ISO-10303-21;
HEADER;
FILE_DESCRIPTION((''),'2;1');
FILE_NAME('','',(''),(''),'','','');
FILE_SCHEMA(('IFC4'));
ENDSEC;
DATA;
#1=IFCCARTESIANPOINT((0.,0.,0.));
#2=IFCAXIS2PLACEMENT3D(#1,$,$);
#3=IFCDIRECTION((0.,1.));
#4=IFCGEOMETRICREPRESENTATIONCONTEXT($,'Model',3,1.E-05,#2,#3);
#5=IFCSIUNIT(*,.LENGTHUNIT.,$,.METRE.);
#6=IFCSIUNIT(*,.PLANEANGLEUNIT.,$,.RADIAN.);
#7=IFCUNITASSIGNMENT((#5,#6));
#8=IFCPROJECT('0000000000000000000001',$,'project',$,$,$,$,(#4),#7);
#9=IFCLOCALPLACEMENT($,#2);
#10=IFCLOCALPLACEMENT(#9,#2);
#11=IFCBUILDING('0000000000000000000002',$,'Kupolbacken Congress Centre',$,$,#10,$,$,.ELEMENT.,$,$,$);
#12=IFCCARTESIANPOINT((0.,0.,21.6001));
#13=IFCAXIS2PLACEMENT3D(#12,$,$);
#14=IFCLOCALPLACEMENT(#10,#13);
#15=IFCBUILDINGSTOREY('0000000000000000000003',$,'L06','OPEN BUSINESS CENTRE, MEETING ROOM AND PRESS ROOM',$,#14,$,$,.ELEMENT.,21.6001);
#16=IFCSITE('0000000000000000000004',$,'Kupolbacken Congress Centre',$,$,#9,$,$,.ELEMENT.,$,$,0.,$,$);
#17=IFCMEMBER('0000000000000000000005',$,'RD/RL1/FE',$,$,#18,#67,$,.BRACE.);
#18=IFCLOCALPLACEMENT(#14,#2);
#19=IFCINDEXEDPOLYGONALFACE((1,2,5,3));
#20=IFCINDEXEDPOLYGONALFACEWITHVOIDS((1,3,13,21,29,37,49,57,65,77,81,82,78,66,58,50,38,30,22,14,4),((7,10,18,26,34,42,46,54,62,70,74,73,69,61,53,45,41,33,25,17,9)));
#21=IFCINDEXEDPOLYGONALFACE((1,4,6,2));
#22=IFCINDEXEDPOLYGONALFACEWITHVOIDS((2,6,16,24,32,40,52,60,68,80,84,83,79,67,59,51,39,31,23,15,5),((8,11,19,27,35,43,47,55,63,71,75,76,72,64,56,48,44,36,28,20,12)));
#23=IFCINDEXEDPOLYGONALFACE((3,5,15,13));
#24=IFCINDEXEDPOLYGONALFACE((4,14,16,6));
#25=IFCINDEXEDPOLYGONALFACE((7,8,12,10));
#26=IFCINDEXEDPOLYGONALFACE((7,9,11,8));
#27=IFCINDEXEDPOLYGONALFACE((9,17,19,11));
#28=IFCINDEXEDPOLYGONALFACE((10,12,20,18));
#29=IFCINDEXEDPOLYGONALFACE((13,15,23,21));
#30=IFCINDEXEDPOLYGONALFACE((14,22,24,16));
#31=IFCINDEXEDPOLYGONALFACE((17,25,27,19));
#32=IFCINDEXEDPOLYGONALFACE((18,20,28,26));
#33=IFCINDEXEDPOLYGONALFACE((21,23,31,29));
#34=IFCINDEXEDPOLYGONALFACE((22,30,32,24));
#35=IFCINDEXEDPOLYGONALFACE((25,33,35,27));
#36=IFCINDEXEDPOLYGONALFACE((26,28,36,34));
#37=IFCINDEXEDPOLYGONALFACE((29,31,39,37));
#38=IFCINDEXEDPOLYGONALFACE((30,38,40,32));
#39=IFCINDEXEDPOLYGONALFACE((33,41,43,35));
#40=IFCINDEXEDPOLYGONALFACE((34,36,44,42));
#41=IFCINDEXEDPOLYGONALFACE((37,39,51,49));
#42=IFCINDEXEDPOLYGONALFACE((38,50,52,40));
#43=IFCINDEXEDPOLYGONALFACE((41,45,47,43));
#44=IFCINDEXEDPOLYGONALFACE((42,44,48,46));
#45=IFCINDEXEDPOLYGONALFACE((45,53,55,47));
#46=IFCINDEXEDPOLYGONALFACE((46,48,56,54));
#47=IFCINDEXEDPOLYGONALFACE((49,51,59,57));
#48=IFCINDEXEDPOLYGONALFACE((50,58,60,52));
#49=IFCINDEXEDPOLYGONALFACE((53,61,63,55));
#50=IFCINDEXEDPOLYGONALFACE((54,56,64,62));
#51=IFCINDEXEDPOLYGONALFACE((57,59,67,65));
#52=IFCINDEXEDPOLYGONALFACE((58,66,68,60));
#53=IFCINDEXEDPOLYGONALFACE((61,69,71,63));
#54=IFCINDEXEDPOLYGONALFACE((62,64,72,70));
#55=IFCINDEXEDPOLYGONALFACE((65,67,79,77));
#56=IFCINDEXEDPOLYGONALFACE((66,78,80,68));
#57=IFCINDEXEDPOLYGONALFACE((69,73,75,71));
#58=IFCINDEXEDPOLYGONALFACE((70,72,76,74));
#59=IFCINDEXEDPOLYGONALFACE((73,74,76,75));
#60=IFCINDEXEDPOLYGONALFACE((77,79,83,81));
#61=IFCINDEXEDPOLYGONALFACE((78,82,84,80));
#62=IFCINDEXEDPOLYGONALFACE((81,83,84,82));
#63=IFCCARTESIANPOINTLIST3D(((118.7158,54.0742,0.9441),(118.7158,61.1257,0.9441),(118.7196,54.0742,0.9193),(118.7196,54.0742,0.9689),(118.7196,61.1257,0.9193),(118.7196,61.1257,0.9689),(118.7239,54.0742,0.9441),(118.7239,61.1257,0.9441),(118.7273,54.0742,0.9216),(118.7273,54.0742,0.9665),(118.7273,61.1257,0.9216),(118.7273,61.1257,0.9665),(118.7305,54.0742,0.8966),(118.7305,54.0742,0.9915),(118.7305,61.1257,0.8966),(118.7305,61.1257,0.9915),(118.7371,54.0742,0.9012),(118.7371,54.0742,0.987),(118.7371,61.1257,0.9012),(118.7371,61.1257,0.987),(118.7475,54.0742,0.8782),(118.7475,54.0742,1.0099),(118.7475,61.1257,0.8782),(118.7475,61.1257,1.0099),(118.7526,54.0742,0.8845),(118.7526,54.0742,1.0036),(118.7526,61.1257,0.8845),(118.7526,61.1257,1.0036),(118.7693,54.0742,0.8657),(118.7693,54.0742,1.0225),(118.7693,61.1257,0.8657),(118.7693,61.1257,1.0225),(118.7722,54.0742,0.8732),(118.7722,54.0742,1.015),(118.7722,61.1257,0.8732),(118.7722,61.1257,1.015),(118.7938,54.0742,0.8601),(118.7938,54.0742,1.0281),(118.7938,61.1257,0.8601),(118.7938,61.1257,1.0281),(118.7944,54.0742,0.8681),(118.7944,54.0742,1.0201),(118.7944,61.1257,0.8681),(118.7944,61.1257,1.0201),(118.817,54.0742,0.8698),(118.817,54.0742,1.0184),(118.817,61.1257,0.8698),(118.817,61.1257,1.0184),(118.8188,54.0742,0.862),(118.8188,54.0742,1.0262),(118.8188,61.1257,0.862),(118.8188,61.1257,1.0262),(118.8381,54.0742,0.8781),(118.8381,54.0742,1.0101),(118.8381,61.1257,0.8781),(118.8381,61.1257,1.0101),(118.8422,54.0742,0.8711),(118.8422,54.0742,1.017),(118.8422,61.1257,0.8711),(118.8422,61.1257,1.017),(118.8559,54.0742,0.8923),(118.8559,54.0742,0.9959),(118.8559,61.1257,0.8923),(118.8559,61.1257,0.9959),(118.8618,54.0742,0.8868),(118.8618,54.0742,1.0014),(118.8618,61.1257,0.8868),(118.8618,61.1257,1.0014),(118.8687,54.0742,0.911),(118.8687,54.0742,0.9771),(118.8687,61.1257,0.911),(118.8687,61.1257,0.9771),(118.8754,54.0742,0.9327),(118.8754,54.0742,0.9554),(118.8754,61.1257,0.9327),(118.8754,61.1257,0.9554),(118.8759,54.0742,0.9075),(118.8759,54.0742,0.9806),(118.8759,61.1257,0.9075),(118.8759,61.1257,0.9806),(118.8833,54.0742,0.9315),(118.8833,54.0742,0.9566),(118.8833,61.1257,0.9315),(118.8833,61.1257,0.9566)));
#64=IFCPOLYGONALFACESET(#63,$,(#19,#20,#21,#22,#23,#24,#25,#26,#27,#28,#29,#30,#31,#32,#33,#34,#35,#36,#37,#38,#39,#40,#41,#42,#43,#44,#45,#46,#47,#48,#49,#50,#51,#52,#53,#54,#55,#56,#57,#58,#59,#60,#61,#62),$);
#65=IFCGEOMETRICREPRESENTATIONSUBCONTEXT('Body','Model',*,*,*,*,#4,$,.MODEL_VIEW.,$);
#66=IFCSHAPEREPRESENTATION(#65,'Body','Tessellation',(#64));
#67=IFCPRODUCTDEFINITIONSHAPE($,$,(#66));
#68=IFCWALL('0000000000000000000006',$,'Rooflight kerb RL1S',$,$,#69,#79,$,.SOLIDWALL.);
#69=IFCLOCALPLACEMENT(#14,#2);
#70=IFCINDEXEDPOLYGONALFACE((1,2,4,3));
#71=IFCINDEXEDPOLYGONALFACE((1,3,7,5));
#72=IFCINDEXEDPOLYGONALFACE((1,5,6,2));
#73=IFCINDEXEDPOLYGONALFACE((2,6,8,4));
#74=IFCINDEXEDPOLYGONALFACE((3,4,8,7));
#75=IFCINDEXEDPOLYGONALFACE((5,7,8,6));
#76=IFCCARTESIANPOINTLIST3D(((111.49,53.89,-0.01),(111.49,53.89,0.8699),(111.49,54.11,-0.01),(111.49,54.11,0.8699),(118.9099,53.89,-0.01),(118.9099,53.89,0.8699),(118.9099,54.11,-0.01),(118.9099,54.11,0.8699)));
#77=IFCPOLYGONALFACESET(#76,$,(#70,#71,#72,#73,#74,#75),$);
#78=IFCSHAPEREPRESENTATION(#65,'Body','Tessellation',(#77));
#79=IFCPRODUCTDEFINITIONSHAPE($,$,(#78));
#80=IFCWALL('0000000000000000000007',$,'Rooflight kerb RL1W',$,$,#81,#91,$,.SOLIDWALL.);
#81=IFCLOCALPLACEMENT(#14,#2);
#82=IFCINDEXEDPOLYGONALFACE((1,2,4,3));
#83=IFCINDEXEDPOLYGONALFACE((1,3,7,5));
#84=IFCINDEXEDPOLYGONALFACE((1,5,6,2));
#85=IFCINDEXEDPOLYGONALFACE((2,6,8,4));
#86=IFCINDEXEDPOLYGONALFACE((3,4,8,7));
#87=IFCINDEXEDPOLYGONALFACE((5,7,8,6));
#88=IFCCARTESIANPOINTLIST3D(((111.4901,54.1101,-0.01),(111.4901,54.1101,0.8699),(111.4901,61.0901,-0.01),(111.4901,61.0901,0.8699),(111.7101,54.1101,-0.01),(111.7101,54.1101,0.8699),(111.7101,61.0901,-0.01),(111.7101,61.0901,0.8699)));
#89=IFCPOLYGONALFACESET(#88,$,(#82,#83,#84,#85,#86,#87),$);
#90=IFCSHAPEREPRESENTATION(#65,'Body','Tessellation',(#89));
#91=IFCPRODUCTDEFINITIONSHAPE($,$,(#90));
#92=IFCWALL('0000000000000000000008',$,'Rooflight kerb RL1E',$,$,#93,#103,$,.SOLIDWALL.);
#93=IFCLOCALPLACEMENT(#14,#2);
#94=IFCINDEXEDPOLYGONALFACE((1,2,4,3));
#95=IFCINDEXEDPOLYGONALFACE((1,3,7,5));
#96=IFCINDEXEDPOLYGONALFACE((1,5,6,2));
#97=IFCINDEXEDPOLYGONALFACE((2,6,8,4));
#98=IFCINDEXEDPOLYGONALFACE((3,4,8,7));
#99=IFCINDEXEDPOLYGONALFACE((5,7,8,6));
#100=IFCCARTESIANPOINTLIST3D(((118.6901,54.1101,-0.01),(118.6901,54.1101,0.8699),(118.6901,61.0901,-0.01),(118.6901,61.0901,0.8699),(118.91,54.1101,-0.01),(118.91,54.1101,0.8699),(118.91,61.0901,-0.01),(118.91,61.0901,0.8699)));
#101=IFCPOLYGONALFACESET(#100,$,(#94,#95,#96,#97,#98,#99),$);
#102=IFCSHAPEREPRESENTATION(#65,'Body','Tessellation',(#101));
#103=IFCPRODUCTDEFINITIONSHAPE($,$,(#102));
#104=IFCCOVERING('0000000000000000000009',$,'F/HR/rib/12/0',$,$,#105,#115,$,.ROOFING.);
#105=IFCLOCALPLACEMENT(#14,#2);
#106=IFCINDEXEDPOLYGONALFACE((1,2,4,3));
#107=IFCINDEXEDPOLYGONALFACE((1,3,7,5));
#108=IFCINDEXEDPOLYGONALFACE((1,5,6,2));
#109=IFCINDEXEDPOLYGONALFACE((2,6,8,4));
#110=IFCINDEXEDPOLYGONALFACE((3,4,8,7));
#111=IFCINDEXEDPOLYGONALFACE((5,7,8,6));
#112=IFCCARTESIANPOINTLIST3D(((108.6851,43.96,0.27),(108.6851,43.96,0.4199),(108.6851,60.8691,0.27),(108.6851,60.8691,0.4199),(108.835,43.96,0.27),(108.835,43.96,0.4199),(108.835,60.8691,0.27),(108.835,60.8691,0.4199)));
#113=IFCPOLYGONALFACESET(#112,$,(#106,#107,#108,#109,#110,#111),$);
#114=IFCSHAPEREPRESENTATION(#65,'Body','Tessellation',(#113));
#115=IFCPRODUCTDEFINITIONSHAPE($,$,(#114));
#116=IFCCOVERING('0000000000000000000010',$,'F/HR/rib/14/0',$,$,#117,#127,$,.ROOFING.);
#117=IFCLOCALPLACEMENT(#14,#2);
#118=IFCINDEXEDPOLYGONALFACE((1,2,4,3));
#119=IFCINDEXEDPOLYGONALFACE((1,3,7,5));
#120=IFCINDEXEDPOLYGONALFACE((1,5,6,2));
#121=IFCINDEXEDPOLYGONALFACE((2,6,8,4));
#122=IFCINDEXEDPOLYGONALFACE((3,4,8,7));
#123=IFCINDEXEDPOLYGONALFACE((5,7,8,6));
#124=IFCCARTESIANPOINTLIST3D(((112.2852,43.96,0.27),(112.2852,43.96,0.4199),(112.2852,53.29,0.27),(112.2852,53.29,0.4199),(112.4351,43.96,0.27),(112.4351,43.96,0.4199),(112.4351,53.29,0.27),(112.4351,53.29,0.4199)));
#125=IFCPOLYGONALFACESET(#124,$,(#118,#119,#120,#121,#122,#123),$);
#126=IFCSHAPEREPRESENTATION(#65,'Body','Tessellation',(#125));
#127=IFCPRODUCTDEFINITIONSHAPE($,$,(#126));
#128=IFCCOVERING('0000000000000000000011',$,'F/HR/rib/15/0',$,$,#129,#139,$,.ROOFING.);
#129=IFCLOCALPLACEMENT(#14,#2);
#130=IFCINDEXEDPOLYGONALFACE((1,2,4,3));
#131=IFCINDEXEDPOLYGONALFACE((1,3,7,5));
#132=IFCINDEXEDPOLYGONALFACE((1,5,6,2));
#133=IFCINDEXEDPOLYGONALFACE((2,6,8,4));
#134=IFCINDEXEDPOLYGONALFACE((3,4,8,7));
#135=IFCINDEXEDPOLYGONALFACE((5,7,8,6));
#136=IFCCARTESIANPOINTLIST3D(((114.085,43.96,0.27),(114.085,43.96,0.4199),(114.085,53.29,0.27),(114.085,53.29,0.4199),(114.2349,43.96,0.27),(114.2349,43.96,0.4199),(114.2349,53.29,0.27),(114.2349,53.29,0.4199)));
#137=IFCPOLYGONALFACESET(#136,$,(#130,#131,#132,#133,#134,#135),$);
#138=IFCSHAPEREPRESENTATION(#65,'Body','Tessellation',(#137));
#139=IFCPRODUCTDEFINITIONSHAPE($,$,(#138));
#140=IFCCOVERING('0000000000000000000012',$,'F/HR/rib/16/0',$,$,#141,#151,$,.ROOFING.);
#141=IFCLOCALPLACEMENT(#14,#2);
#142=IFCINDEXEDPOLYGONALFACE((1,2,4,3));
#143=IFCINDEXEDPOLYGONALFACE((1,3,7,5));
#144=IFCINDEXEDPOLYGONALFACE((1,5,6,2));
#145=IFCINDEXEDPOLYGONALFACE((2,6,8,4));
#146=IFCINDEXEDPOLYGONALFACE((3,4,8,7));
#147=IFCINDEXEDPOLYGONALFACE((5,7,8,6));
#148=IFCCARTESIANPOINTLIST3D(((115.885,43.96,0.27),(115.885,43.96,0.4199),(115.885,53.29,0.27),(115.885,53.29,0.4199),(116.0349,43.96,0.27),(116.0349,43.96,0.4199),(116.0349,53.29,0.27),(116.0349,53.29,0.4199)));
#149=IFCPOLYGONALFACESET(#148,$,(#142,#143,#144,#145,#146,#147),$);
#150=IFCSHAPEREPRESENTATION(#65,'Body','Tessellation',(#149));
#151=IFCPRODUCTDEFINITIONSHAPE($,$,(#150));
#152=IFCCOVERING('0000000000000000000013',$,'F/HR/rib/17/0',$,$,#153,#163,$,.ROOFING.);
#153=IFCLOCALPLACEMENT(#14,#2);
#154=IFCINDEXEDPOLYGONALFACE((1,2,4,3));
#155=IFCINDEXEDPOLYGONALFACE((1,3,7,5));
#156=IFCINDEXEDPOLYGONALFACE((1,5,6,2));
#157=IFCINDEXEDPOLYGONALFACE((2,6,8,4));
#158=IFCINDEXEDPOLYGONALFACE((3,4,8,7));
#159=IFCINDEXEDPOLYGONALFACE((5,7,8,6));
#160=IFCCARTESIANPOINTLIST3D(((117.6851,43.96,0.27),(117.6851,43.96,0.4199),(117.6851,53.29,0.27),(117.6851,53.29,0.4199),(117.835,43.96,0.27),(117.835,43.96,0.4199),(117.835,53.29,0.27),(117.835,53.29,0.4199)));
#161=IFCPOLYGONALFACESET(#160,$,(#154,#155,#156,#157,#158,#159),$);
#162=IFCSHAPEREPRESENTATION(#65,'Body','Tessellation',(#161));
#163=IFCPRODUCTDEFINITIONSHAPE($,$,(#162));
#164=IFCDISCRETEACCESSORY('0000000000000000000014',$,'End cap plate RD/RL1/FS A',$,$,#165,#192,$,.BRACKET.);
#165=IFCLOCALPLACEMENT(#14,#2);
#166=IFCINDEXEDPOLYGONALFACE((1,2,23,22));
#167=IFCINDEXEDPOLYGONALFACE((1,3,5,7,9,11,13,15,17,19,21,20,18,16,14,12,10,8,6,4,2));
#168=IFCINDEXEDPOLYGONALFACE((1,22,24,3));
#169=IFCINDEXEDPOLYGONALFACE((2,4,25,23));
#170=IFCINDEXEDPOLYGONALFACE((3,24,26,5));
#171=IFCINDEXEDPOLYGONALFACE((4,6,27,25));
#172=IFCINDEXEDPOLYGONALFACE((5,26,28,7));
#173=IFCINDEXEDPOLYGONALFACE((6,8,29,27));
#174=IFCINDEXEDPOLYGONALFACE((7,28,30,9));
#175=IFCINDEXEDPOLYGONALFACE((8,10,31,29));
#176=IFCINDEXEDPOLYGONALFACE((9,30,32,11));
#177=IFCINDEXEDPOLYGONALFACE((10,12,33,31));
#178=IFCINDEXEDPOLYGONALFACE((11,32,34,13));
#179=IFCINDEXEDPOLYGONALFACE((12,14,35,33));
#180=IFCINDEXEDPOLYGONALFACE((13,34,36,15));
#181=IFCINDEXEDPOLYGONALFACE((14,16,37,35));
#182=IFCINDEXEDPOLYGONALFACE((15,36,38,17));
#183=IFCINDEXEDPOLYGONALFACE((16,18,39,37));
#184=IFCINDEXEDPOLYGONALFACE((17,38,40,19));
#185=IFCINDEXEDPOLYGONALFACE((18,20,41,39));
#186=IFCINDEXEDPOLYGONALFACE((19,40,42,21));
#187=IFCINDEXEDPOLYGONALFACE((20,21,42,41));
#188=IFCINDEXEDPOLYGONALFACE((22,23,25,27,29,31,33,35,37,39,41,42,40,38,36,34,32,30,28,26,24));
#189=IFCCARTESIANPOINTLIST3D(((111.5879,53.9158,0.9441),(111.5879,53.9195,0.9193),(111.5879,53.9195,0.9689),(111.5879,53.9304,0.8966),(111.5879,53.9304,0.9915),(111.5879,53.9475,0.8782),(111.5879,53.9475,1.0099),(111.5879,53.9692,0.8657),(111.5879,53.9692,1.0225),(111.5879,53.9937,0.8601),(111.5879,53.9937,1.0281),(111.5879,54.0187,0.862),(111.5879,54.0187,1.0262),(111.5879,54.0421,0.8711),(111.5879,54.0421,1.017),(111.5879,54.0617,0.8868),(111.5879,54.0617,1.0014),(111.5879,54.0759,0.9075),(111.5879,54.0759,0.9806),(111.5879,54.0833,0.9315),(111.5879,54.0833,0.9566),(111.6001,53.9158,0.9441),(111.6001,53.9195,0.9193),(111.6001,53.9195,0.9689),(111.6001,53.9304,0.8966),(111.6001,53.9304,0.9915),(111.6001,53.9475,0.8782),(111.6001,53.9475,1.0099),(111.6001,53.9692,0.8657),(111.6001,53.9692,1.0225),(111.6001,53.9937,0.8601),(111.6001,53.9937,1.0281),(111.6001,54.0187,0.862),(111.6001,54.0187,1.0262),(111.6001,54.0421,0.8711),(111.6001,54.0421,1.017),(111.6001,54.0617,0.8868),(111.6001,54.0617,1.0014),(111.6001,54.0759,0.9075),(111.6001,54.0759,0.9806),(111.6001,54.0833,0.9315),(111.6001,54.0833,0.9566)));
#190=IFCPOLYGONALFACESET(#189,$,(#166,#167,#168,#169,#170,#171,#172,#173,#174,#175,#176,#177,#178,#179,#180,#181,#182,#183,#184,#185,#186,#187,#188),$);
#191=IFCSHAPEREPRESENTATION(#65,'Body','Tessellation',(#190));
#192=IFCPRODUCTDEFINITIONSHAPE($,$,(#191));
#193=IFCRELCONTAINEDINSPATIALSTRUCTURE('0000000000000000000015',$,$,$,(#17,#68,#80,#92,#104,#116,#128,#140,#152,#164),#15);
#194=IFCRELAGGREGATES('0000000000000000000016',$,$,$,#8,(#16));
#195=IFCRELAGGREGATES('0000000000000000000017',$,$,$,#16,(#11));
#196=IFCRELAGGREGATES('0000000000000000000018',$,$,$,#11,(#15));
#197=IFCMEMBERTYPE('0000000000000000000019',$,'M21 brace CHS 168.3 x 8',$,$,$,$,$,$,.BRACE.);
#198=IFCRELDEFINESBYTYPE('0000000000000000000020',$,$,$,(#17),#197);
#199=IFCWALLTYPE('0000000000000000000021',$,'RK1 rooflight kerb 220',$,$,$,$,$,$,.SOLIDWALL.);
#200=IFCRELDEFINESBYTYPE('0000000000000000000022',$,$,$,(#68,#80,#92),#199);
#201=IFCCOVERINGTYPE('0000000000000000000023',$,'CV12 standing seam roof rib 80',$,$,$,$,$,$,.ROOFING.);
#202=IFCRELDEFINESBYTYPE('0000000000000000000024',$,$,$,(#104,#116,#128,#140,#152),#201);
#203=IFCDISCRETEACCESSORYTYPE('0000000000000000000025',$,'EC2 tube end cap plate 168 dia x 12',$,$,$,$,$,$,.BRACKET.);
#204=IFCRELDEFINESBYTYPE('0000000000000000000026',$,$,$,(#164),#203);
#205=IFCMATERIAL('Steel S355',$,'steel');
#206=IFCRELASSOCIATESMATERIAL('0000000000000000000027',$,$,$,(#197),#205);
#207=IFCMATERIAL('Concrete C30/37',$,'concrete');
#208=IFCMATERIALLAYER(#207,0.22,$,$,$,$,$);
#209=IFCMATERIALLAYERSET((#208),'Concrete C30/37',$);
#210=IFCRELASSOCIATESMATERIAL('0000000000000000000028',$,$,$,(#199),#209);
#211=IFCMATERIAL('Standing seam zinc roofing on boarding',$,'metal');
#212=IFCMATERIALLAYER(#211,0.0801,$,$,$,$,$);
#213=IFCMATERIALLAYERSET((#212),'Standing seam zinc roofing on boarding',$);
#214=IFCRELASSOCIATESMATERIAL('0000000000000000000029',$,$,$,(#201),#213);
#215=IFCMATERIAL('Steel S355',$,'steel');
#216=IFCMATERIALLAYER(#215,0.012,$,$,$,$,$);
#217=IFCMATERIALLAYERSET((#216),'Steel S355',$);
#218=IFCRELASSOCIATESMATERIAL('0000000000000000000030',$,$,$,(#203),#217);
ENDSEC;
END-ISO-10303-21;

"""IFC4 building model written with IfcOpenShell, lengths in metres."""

from ifc_helpers import new_model, si_unit, direction, frame, frame_2d, origin, origin_2d, place, context, subcontext, project, spatial, rectangle, circle, hollow_circle, extrude, material, layer, layer_set, material_profile, profile_set, type_object, element, save


model = new_model("IFC4")

# Units and contexts
model_context = context("Model", 3, precision=1e-05, world=origin(), true_north=direction((0.0, 1.0)))
body_context = subcontext(model_context, "Body", "Model", "MODEL_VIEW")
ifc_project = project(units=[si_unit("LENGTHUNIT", "METRE"), si_unit("PLANEANGLEUNIT", "RADIAN")], contexts=[model_context])

# Site, building, storey
site_placement = place(None, origin())
site = spatial("IfcSite", under=ifc_project, at=site_placement, Name="Kupolbacken Congress Centre", CompositionType="ELEMENT", RefElevation=0.0)
building_placement = place(site_placement, origin())
building = spatial("IfcBuilding", under=site, at=building_placement, Name="Kupolbacken Congress Centre", CompositionType="ELEMENT")
storey_placement = place(building_placement, frame((0.0, 0.0, 21.6001)))
storey = spatial("IfcBuildingStorey", under=building, at=storey_placement, Name="L06", Description="OPEN BUSINESS CENTRE, MEETING ROOM AND PRESS ROOM", CompositionType="ELEMENT", Elevation=21.6001)

# Member
ifc_material_1 = material(Name="Steel S355", Category="steel")
ifc_material_profile_1 = material_profile(ifc_material_1, hollow_circle(Radius=0.0842, WallThickness=0.0081, at=origin_2d()), Name="CHS 168.3 x 8")
ifc_profile_set_1 = profile_set([ifc_material_profile_1], Name="Steel S355")
member_type = type_object("IfcMemberType", Name="M21 brace CHS 168.3 x 8", PredefinedType="BRACE", material=ifc_profile_set_1)
for number, where, z_axis, x_axis, name in (
    (1, (118.8, 54.0742, 0.9441), (0.0, 1.0, 0.0), (-1.0, 0.0, 0.0), "RD/RL1/FE"),
):
    element("IfcMember", number, at=place(storey_placement, frame(where, z_axis=z_axis, x_axis=x_axis)), inside=storey, type_object=member_type, Name=name, PredefinedType="BRACE", context=body_context, shape_type="SweptSolid", body=[
        extrude(hollow_circle(Radius=0.0842, WallThickness=0.0081, at=origin_2d()), origin(), (0.0, 0.0, 1.0), 7.0515),
    ])

# Walls
ifc_material_2 = material(Name="Concrete C30/37", Category="concrete")
ifc_layer_1 = layer(ifc_material_2, 0.22)
ifc_layer_set_1 = layer_set([ifc_layer_1], Name="Concrete C30/37")
wall_type = type_object("IfcWallType", Name="RK1 rooflight kerb 220", PredefinedType="SOLIDWALL", material=ifc_layer_set_1)
wall_placement = place(storey_placement, frame((111.49, 54.0, -0.01), z_axis=(0.0, 0.0, 1.0), x_axis=(1.0, 0.0, 0.0)))
element("IfcWall", 2, at=wall_placement, inside=storey, type_object=wall_type, Name="Rooflight kerb RL1S", PredefinedType="SOLIDWALL", context=body_context, shape_type="SweptSolid", body=[
    extrude(rectangle(XDim=7.4199, YDim=0.22, at=frame_2d((3.71, 0.0))), origin(), (0.0, 0.0, 1.0), 0.8799),
])
for number, where, z_axis, x_axis, name in (
    (3, (111.6001, 54.1101, -0.01), (0.0, 0.0, 1.0), (0.0, 1.0, 0.0), "Rooflight kerb RL1W"),
    (4, (118.8, 54.1101, -0.01), (0.0, 0.0, 1.0), (0.0, 1.0, 0.0), "Rooflight kerb RL1E"),
):
    element("IfcWall", number, at=place(storey_placement, frame(where, z_axis=z_axis, x_axis=x_axis)), inside=storey, type_object=wall_type, Name=name, PredefinedType="SOLIDWALL", context=body_context, shape_type="SweptSolid", body=[
        extrude(rectangle(XDim=6.98, YDim=0.22, at=frame_2d((3.49, 0.0))), origin(), (0.0, 0.0, 1.0), 0.8799),
    ])

# Coverings
ifc_material_3 = material(Name="Standing seam zinc roofing on boarding", Category="metal")
ifc_layer_2 = layer(ifc_material_3, 0.0801)
ifc_layer_set_2 = layer_set([ifc_layer_2], Name="Standing seam zinc roofing on boarding")
covering_type = type_object("IfcCoveringType", Name="CV12 standing seam roof rib 80", PredefinedType="ROOFING", material=ifc_layer_set_2)
covering_placement = place(storey_placement, frame((108.76, 52.4146, 0.27), z_axis=(0.0, 0.0, 1.0), x_axis=(0.0, 1.0, 0.0)))
element("IfcCovering", 5, at=covering_placement, inside=storey, type_object=covering_type, Name="F/HR/rib/12/0", PredefinedType="ROOFING", context=body_context, shape_type="SweptSolid", body=[
    extrude(rectangle(XDim=16.9092, YDim=0.1499, at=origin_2d()), origin(), (0.0, 0.0, 1.0), 0.1499),
])
for number, where, z_axis, x_axis, name in (
    (6, (112.3601, 48.625, 0.27), (0.0, 0.0, 1.0), (0.0, 1.0, 0.0), "F/HR/rib/14/0"),
    (7, (114.1599, 48.625, 0.27), (0.0, 0.0, 1.0), (0.0, 1.0, 0.0), "F/HR/rib/15/0"),
    (8, (115.96, 48.625, 0.27), (0.0, 0.0, 1.0), (0.0, 1.0, 0.0), "F/HR/rib/16/0"),
    (9, (117.76, 48.625, 0.27), (0.0, 0.0, 1.0), (0.0, 1.0, 0.0), "F/HR/rib/17/0"),
):
    element("IfcCovering", number, at=place(storey_placement, frame(where, z_axis=z_axis, x_axis=x_axis)), inside=storey, type_object=covering_type, Name=name, PredefinedType="ROOFING", context=body_context, shape_type="SweptSolid", body=[
        extrude(rectangle(XDim=9.3301, YDim=0.1499, at=origin_2d()), origin(), (0.0, 0.0, 1.0), 0.1499),
    ])

# Discrete accessory
ifc_material_4 = material(Name="Steel S355", Category="steel")
ifc_layer_3 = layer(ifc_material_4, 0.012)
ifc_layer_set_3 = layer_set([ifc_layer_3], Name="Steel S355")
discrete_accessory_type = type_object("IfcDiscreteAccessoryType", Name="EC2 tube end cap plate 168 dia x 12", PredefinedType="BRACKET", material=ifc_layer_set_3)
discrete_accessory_1_placement = place(storey_placement, frame((111.6001, 54.0, 0.9441), z_axis=(-1.0, 0.0, 0.0), x_axis=(0.0, -1.0, 0.0)))
element("IfcDiscreteAccessory", 10, at=discrete_accessory_1_placement, inside=storey, type_object=discrete_accessory_type, Name="End cap plate RD/RL1/FS A", PredefinedType="BRACKET", context=body_context, shape_type="SweptSolid", body=[
    extrude(circle(Radius=0.0842, at=origin_2d()), origin(), (0.0, 0.0, 1.0), 0.0122),
])

save(model, "model.ifc")
